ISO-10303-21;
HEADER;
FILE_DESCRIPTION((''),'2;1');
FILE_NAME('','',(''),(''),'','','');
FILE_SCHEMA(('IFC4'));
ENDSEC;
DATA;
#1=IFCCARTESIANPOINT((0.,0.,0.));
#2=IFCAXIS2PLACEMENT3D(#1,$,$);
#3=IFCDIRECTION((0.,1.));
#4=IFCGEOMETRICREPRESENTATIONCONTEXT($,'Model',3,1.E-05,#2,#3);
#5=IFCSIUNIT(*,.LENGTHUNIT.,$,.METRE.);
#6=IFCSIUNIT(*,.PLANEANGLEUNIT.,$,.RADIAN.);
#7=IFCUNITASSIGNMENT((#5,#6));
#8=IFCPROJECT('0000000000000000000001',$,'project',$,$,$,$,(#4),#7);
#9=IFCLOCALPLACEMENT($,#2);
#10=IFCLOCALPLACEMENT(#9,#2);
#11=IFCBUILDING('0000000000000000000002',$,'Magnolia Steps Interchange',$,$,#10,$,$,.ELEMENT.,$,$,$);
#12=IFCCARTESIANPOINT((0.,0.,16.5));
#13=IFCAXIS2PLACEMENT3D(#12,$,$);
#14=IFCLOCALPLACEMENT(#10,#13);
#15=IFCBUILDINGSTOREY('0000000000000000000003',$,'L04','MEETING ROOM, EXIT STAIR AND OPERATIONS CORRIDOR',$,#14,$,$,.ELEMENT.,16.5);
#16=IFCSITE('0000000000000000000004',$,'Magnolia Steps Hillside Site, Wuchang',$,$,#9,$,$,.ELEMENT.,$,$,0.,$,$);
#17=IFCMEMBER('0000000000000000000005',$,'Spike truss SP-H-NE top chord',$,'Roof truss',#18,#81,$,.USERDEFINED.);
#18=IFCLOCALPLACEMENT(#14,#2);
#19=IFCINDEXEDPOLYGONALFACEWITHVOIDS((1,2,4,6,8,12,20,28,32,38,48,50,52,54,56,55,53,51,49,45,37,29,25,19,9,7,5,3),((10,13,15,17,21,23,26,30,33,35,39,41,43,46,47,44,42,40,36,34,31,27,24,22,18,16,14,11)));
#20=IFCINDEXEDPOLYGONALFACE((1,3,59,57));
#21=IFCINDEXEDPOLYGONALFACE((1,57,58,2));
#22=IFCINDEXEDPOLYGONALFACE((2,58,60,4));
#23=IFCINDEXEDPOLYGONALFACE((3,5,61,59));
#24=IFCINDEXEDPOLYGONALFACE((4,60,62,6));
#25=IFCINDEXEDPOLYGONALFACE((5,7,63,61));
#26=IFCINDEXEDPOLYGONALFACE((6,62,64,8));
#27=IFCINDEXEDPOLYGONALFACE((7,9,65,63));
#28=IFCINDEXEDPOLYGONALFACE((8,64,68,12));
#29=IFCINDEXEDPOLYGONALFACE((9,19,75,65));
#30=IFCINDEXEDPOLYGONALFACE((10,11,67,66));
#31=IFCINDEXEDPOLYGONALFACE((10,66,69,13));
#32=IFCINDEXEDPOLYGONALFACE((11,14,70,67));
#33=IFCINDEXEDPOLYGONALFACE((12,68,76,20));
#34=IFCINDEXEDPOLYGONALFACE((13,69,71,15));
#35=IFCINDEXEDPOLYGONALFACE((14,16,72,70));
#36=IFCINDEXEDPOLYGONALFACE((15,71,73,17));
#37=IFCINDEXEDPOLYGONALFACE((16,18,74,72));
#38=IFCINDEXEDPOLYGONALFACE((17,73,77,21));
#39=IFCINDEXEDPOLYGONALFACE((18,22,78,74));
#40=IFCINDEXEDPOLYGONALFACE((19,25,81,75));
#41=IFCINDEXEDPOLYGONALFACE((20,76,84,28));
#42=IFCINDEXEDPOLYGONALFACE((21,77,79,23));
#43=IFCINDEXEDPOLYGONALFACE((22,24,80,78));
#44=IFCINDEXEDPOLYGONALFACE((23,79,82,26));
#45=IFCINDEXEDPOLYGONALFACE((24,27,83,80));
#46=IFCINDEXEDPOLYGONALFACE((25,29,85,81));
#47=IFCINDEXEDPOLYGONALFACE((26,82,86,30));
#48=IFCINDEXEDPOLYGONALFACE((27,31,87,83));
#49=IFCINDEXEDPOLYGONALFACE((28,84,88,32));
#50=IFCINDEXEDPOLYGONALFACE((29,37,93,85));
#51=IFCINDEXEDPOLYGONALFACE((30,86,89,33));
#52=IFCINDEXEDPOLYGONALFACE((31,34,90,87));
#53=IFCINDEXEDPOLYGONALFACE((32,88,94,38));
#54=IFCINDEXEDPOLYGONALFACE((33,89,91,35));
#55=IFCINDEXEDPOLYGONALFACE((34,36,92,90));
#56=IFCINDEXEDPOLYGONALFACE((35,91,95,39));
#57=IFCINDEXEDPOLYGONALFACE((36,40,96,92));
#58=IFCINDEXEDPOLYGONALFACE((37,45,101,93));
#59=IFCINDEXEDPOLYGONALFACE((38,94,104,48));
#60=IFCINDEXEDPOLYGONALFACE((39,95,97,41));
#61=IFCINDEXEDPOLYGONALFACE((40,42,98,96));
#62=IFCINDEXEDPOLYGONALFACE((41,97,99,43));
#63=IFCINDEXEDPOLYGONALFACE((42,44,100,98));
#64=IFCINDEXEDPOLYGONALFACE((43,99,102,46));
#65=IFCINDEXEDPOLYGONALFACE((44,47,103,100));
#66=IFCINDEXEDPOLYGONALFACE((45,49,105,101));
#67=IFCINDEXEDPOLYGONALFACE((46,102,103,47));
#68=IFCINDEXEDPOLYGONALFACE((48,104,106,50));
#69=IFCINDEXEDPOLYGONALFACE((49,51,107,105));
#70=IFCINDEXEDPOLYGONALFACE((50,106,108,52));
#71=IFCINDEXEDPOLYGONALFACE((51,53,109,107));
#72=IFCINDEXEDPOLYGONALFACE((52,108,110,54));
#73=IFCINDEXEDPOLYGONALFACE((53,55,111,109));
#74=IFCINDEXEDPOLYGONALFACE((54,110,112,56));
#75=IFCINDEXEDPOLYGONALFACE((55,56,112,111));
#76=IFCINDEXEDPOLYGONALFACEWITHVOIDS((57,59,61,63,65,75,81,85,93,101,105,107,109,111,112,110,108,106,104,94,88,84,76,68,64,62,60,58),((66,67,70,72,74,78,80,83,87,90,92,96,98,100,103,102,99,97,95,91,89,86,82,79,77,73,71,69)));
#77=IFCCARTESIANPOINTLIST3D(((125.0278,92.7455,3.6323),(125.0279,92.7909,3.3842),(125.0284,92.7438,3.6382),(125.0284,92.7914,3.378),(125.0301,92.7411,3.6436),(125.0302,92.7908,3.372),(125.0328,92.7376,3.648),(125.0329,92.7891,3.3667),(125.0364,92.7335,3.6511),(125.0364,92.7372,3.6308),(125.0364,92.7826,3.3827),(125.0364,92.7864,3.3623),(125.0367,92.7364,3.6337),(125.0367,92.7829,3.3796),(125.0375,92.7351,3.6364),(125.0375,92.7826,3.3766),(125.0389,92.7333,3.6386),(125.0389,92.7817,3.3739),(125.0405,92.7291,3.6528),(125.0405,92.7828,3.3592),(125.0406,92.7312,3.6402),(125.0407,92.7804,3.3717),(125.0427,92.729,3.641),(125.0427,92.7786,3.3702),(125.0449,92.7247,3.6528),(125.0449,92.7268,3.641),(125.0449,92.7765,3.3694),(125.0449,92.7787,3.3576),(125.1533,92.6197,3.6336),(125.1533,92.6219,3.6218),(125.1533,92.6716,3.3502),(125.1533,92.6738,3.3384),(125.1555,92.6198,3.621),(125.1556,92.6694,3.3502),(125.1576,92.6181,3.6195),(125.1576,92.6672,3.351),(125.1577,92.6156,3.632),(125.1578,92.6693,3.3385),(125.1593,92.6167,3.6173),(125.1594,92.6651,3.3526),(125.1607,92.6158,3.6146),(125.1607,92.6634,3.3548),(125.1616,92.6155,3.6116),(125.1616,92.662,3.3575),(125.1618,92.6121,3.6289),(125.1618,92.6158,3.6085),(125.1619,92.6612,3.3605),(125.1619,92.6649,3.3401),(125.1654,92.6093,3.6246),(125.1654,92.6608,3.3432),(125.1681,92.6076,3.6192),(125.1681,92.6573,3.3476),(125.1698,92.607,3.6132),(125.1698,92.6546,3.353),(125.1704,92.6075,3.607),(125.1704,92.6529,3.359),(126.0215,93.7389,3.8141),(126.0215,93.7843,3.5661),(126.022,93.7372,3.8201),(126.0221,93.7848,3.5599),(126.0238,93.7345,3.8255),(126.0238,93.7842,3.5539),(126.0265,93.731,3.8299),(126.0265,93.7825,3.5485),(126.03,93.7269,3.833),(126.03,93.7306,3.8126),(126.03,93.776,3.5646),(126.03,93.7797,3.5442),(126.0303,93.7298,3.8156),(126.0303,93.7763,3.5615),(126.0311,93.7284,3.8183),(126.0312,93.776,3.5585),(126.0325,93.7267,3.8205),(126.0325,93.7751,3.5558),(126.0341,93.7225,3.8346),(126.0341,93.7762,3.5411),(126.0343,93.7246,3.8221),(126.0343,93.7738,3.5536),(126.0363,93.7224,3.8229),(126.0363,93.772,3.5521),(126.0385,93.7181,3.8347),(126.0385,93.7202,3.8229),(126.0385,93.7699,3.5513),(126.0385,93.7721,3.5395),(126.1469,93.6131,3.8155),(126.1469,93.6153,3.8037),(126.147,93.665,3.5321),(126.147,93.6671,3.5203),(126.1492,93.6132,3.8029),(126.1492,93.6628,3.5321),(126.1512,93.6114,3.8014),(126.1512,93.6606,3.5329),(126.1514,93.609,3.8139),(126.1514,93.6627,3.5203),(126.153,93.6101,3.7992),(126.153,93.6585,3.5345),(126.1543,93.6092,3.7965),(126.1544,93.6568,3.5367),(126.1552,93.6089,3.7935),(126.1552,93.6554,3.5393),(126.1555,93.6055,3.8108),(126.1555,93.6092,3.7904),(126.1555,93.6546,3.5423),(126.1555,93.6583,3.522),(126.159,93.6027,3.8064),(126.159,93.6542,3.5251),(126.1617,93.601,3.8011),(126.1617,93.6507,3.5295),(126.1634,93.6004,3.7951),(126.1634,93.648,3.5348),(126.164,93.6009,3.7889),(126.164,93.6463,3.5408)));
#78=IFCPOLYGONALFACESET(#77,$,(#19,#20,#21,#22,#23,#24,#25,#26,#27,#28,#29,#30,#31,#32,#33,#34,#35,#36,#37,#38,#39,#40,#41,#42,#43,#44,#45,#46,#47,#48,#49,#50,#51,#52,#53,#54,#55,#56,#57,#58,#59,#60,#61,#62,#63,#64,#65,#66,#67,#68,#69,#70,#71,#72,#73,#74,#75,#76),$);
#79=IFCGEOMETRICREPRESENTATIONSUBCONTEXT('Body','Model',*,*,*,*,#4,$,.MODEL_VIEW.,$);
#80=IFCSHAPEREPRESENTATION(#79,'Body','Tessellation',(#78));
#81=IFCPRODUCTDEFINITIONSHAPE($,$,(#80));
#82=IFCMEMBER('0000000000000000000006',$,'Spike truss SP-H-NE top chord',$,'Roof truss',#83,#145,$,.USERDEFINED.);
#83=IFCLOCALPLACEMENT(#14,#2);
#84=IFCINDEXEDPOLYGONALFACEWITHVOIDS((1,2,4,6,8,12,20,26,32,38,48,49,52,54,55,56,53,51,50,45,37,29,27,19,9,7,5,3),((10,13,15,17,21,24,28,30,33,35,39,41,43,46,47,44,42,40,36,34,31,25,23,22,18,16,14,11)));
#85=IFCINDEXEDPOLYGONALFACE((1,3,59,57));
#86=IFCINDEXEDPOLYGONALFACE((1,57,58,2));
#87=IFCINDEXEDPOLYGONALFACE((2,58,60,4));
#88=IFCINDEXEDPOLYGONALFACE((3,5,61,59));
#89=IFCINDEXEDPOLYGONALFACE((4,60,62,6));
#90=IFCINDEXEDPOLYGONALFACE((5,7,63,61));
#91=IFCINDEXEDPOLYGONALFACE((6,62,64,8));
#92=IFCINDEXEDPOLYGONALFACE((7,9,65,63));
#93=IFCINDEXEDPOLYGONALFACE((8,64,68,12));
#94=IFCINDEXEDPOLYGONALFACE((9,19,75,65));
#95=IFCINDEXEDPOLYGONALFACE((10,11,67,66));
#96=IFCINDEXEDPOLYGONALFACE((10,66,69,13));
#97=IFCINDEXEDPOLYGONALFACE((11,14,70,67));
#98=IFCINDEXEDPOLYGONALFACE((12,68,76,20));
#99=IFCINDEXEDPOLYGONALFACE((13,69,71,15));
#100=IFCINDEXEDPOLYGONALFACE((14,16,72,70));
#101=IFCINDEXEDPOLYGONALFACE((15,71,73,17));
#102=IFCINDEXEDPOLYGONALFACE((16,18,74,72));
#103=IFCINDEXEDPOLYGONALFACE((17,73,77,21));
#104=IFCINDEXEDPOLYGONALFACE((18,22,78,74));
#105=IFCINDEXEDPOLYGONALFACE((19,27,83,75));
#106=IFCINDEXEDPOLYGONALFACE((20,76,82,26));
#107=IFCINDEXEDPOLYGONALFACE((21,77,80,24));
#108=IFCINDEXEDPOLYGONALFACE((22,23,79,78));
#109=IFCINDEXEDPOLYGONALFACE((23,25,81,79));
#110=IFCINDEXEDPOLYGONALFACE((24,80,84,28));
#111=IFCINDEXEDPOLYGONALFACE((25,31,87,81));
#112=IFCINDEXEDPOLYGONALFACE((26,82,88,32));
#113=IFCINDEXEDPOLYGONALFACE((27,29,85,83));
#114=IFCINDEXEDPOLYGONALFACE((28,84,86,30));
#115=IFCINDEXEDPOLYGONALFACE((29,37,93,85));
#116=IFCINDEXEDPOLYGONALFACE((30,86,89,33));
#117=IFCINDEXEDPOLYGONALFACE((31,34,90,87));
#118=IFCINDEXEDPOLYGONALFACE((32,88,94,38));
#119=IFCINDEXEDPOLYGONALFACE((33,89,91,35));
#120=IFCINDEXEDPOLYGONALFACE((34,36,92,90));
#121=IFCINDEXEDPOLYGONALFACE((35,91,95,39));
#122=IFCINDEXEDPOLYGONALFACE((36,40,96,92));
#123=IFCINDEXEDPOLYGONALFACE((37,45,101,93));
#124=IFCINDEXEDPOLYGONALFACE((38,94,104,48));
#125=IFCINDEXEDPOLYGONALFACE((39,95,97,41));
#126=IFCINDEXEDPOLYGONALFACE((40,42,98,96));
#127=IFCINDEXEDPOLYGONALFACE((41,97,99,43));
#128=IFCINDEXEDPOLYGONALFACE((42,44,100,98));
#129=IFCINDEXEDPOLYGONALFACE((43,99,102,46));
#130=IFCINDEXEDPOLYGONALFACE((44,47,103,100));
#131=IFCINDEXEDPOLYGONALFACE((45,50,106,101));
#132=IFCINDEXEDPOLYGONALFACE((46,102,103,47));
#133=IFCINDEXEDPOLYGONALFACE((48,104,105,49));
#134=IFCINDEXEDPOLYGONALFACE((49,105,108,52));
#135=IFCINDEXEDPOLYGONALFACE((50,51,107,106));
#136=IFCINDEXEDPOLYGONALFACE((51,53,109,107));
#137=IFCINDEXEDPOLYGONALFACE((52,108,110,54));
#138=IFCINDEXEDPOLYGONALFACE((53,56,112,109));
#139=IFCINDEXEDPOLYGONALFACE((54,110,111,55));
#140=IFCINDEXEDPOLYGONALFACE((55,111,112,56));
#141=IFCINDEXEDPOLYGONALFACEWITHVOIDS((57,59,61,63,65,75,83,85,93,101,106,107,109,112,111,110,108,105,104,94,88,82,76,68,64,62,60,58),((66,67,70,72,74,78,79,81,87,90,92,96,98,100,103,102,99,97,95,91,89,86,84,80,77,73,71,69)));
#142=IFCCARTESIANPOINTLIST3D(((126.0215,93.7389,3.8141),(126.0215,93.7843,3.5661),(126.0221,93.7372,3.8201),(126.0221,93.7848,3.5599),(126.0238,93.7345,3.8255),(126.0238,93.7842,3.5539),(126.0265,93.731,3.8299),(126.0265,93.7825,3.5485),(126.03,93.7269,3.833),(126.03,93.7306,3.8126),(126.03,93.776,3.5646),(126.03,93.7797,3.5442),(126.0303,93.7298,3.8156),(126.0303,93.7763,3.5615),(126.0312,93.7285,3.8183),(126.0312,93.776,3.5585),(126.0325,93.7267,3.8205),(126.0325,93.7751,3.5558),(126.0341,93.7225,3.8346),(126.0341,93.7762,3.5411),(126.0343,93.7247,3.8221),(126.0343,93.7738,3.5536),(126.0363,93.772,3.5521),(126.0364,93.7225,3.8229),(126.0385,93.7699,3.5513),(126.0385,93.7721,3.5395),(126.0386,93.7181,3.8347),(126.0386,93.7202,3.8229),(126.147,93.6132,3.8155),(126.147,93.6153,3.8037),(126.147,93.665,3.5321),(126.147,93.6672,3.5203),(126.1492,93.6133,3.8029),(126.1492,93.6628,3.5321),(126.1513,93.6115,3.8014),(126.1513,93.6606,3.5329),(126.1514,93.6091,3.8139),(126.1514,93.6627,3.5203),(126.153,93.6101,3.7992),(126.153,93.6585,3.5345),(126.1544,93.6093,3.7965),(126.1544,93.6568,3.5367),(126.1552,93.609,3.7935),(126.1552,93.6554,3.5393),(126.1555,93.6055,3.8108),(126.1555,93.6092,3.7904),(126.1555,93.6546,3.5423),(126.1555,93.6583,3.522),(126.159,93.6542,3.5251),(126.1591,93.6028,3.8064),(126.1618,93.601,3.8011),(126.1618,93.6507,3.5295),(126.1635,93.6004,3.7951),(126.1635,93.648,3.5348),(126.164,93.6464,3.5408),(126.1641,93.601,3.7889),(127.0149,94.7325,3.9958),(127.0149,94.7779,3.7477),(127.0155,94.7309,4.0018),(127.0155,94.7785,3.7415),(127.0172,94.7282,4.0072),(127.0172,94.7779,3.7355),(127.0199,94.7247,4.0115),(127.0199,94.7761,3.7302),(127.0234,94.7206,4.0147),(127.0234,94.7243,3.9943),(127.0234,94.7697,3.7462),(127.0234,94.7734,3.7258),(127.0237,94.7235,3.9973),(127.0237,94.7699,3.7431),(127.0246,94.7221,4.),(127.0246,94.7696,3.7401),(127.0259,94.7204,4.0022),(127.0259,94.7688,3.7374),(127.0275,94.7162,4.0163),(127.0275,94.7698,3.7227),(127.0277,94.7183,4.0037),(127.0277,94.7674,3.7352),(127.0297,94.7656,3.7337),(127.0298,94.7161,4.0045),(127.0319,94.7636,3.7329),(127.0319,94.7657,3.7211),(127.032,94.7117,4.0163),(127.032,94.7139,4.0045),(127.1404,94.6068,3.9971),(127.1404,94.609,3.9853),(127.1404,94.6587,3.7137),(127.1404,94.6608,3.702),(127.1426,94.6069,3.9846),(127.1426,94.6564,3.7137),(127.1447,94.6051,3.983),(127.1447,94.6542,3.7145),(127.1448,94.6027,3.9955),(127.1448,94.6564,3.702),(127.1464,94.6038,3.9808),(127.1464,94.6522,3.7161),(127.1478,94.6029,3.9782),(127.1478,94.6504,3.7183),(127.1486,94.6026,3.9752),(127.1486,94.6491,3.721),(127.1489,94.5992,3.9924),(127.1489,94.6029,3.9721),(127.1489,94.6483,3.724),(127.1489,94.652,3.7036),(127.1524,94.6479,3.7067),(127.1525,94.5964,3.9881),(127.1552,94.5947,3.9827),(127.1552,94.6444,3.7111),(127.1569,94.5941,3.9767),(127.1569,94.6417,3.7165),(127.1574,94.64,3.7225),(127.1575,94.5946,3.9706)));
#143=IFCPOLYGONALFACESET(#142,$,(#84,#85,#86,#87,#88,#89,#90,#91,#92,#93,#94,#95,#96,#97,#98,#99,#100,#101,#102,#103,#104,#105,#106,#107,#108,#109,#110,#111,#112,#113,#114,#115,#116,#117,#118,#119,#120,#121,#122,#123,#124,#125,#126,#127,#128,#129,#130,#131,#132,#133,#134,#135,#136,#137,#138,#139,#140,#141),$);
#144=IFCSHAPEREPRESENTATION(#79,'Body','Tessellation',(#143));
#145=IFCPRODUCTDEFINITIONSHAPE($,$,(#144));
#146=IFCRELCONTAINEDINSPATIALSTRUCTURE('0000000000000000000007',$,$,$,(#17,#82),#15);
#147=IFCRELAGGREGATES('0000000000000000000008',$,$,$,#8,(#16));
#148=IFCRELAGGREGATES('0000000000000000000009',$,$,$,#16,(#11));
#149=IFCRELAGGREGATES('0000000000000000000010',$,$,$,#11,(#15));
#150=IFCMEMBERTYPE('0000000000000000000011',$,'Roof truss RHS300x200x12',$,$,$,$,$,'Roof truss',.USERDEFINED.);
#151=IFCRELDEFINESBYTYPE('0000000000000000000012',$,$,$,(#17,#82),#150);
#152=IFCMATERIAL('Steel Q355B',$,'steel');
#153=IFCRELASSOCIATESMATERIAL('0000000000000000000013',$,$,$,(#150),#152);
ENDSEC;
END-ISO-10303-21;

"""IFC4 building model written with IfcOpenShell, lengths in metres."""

from ifc_helpers import new_model, si_unit, direction, frame, origin, origin_2d, place, context, subcontext, project, spatial, hollow_rectangle, extrude, material, material_profile, profile_set, type_object, element, save


model = new_model("IFC4")

# Units and contexts
model_context = context("Model", 3, precision=1e-05, world=origin(), true_north=direction((0.0, 1.0)))
body_context = subcontext(model_context, "Body", "Model", "MODEL_VIEW")
ifc_project = project(units=[si_unit("LENGTHUNIT", "METRE"), si_unit("PLANEANGLEUNIT", "RADIAN")], contexts=[model_context])

# Site, building, storey
site_placement = place(None, origin())
site = spatial("IfcSite", under=ifc_project, at=site_placement, Name="Magnolia Steps Hillside Site, Wuchang", CompositionType="ELEMENT", RefElevation=0.0)
building_placement = place(site_placement, origin())
building = spatial("IfcBuilding", under=site, at=building_placement, Name="Magnolia Steps Interchange", CompositionType="ELEMENT")
storey_placement = place(building_placement, frame((0.0, 0.0, 16.5)))
storey = spatial("IfcBuildingStorey", under=building, at=storey_placement, Name="L04", Description="MEETING ROOM, EXIT STAIR AND OPERATIONS CORRIDOR", CompositionType="ELEMENT", Elevation=16.5)

# Members
ifc_material_1 = material(Name="Steel Q355B", Category="steel")
ifc_material_profile_1 = material_profile(ifc_material_1, hollow_rectangle(XDim=0.2, YDim=0.3, WallThickness=0.012, InnerFilletRadius=0.012, OuterFilletRadius=0.0239, at=origin_2d()), Name="RHS300x200x12")
ifc_profile_set_1 = profile_set([ifc_material_profile_1], Name="Steel Q355B")
member_type_1 = type_object("IfcMemberType", Name="Roof truss RHS300x200x12", ElementType="Roof truss", PredefinedType="USERDEFINED", material=ifc_profile_set_1)
for number, where, z_axis, x_axis, name in (
    (1, (125.0991, 92.6992, 3.4956), (0.701342, 0.701169, 0.128378), (-0.712825, 0.689897, 0.126185), "Spike truss SP-H-NE top chord"),
    (2, (126.0928, 93.6926, 3.6775), (0.701185, 0.701357, 0.128209), (-0.712979, 0.689737, 0.126188), "Spike truss SP-H-NE top chord"),
):
    element("IfcMember", number, at=place(storey_placement, frame(where, z_axis=z_axis, x_axis=x_axis)), inside=storey, type_object=member_type_1, Name=name, ObjectType="Roof truss", PredefinedType="USERDEFINED", context=body_context, shape_type="SweptSolid", body=[
        extrude(hollow_rectangle(XDim=0.2, YDim=0.3, WallThickness=0.012, InnerFilletRadius=0.012, OuterFilletRadius=0.0239, at=origin_2d()), origin(), (0.0, 0.0, 1.0), 1.4167),
    ])

save(model, "model.ifc")
